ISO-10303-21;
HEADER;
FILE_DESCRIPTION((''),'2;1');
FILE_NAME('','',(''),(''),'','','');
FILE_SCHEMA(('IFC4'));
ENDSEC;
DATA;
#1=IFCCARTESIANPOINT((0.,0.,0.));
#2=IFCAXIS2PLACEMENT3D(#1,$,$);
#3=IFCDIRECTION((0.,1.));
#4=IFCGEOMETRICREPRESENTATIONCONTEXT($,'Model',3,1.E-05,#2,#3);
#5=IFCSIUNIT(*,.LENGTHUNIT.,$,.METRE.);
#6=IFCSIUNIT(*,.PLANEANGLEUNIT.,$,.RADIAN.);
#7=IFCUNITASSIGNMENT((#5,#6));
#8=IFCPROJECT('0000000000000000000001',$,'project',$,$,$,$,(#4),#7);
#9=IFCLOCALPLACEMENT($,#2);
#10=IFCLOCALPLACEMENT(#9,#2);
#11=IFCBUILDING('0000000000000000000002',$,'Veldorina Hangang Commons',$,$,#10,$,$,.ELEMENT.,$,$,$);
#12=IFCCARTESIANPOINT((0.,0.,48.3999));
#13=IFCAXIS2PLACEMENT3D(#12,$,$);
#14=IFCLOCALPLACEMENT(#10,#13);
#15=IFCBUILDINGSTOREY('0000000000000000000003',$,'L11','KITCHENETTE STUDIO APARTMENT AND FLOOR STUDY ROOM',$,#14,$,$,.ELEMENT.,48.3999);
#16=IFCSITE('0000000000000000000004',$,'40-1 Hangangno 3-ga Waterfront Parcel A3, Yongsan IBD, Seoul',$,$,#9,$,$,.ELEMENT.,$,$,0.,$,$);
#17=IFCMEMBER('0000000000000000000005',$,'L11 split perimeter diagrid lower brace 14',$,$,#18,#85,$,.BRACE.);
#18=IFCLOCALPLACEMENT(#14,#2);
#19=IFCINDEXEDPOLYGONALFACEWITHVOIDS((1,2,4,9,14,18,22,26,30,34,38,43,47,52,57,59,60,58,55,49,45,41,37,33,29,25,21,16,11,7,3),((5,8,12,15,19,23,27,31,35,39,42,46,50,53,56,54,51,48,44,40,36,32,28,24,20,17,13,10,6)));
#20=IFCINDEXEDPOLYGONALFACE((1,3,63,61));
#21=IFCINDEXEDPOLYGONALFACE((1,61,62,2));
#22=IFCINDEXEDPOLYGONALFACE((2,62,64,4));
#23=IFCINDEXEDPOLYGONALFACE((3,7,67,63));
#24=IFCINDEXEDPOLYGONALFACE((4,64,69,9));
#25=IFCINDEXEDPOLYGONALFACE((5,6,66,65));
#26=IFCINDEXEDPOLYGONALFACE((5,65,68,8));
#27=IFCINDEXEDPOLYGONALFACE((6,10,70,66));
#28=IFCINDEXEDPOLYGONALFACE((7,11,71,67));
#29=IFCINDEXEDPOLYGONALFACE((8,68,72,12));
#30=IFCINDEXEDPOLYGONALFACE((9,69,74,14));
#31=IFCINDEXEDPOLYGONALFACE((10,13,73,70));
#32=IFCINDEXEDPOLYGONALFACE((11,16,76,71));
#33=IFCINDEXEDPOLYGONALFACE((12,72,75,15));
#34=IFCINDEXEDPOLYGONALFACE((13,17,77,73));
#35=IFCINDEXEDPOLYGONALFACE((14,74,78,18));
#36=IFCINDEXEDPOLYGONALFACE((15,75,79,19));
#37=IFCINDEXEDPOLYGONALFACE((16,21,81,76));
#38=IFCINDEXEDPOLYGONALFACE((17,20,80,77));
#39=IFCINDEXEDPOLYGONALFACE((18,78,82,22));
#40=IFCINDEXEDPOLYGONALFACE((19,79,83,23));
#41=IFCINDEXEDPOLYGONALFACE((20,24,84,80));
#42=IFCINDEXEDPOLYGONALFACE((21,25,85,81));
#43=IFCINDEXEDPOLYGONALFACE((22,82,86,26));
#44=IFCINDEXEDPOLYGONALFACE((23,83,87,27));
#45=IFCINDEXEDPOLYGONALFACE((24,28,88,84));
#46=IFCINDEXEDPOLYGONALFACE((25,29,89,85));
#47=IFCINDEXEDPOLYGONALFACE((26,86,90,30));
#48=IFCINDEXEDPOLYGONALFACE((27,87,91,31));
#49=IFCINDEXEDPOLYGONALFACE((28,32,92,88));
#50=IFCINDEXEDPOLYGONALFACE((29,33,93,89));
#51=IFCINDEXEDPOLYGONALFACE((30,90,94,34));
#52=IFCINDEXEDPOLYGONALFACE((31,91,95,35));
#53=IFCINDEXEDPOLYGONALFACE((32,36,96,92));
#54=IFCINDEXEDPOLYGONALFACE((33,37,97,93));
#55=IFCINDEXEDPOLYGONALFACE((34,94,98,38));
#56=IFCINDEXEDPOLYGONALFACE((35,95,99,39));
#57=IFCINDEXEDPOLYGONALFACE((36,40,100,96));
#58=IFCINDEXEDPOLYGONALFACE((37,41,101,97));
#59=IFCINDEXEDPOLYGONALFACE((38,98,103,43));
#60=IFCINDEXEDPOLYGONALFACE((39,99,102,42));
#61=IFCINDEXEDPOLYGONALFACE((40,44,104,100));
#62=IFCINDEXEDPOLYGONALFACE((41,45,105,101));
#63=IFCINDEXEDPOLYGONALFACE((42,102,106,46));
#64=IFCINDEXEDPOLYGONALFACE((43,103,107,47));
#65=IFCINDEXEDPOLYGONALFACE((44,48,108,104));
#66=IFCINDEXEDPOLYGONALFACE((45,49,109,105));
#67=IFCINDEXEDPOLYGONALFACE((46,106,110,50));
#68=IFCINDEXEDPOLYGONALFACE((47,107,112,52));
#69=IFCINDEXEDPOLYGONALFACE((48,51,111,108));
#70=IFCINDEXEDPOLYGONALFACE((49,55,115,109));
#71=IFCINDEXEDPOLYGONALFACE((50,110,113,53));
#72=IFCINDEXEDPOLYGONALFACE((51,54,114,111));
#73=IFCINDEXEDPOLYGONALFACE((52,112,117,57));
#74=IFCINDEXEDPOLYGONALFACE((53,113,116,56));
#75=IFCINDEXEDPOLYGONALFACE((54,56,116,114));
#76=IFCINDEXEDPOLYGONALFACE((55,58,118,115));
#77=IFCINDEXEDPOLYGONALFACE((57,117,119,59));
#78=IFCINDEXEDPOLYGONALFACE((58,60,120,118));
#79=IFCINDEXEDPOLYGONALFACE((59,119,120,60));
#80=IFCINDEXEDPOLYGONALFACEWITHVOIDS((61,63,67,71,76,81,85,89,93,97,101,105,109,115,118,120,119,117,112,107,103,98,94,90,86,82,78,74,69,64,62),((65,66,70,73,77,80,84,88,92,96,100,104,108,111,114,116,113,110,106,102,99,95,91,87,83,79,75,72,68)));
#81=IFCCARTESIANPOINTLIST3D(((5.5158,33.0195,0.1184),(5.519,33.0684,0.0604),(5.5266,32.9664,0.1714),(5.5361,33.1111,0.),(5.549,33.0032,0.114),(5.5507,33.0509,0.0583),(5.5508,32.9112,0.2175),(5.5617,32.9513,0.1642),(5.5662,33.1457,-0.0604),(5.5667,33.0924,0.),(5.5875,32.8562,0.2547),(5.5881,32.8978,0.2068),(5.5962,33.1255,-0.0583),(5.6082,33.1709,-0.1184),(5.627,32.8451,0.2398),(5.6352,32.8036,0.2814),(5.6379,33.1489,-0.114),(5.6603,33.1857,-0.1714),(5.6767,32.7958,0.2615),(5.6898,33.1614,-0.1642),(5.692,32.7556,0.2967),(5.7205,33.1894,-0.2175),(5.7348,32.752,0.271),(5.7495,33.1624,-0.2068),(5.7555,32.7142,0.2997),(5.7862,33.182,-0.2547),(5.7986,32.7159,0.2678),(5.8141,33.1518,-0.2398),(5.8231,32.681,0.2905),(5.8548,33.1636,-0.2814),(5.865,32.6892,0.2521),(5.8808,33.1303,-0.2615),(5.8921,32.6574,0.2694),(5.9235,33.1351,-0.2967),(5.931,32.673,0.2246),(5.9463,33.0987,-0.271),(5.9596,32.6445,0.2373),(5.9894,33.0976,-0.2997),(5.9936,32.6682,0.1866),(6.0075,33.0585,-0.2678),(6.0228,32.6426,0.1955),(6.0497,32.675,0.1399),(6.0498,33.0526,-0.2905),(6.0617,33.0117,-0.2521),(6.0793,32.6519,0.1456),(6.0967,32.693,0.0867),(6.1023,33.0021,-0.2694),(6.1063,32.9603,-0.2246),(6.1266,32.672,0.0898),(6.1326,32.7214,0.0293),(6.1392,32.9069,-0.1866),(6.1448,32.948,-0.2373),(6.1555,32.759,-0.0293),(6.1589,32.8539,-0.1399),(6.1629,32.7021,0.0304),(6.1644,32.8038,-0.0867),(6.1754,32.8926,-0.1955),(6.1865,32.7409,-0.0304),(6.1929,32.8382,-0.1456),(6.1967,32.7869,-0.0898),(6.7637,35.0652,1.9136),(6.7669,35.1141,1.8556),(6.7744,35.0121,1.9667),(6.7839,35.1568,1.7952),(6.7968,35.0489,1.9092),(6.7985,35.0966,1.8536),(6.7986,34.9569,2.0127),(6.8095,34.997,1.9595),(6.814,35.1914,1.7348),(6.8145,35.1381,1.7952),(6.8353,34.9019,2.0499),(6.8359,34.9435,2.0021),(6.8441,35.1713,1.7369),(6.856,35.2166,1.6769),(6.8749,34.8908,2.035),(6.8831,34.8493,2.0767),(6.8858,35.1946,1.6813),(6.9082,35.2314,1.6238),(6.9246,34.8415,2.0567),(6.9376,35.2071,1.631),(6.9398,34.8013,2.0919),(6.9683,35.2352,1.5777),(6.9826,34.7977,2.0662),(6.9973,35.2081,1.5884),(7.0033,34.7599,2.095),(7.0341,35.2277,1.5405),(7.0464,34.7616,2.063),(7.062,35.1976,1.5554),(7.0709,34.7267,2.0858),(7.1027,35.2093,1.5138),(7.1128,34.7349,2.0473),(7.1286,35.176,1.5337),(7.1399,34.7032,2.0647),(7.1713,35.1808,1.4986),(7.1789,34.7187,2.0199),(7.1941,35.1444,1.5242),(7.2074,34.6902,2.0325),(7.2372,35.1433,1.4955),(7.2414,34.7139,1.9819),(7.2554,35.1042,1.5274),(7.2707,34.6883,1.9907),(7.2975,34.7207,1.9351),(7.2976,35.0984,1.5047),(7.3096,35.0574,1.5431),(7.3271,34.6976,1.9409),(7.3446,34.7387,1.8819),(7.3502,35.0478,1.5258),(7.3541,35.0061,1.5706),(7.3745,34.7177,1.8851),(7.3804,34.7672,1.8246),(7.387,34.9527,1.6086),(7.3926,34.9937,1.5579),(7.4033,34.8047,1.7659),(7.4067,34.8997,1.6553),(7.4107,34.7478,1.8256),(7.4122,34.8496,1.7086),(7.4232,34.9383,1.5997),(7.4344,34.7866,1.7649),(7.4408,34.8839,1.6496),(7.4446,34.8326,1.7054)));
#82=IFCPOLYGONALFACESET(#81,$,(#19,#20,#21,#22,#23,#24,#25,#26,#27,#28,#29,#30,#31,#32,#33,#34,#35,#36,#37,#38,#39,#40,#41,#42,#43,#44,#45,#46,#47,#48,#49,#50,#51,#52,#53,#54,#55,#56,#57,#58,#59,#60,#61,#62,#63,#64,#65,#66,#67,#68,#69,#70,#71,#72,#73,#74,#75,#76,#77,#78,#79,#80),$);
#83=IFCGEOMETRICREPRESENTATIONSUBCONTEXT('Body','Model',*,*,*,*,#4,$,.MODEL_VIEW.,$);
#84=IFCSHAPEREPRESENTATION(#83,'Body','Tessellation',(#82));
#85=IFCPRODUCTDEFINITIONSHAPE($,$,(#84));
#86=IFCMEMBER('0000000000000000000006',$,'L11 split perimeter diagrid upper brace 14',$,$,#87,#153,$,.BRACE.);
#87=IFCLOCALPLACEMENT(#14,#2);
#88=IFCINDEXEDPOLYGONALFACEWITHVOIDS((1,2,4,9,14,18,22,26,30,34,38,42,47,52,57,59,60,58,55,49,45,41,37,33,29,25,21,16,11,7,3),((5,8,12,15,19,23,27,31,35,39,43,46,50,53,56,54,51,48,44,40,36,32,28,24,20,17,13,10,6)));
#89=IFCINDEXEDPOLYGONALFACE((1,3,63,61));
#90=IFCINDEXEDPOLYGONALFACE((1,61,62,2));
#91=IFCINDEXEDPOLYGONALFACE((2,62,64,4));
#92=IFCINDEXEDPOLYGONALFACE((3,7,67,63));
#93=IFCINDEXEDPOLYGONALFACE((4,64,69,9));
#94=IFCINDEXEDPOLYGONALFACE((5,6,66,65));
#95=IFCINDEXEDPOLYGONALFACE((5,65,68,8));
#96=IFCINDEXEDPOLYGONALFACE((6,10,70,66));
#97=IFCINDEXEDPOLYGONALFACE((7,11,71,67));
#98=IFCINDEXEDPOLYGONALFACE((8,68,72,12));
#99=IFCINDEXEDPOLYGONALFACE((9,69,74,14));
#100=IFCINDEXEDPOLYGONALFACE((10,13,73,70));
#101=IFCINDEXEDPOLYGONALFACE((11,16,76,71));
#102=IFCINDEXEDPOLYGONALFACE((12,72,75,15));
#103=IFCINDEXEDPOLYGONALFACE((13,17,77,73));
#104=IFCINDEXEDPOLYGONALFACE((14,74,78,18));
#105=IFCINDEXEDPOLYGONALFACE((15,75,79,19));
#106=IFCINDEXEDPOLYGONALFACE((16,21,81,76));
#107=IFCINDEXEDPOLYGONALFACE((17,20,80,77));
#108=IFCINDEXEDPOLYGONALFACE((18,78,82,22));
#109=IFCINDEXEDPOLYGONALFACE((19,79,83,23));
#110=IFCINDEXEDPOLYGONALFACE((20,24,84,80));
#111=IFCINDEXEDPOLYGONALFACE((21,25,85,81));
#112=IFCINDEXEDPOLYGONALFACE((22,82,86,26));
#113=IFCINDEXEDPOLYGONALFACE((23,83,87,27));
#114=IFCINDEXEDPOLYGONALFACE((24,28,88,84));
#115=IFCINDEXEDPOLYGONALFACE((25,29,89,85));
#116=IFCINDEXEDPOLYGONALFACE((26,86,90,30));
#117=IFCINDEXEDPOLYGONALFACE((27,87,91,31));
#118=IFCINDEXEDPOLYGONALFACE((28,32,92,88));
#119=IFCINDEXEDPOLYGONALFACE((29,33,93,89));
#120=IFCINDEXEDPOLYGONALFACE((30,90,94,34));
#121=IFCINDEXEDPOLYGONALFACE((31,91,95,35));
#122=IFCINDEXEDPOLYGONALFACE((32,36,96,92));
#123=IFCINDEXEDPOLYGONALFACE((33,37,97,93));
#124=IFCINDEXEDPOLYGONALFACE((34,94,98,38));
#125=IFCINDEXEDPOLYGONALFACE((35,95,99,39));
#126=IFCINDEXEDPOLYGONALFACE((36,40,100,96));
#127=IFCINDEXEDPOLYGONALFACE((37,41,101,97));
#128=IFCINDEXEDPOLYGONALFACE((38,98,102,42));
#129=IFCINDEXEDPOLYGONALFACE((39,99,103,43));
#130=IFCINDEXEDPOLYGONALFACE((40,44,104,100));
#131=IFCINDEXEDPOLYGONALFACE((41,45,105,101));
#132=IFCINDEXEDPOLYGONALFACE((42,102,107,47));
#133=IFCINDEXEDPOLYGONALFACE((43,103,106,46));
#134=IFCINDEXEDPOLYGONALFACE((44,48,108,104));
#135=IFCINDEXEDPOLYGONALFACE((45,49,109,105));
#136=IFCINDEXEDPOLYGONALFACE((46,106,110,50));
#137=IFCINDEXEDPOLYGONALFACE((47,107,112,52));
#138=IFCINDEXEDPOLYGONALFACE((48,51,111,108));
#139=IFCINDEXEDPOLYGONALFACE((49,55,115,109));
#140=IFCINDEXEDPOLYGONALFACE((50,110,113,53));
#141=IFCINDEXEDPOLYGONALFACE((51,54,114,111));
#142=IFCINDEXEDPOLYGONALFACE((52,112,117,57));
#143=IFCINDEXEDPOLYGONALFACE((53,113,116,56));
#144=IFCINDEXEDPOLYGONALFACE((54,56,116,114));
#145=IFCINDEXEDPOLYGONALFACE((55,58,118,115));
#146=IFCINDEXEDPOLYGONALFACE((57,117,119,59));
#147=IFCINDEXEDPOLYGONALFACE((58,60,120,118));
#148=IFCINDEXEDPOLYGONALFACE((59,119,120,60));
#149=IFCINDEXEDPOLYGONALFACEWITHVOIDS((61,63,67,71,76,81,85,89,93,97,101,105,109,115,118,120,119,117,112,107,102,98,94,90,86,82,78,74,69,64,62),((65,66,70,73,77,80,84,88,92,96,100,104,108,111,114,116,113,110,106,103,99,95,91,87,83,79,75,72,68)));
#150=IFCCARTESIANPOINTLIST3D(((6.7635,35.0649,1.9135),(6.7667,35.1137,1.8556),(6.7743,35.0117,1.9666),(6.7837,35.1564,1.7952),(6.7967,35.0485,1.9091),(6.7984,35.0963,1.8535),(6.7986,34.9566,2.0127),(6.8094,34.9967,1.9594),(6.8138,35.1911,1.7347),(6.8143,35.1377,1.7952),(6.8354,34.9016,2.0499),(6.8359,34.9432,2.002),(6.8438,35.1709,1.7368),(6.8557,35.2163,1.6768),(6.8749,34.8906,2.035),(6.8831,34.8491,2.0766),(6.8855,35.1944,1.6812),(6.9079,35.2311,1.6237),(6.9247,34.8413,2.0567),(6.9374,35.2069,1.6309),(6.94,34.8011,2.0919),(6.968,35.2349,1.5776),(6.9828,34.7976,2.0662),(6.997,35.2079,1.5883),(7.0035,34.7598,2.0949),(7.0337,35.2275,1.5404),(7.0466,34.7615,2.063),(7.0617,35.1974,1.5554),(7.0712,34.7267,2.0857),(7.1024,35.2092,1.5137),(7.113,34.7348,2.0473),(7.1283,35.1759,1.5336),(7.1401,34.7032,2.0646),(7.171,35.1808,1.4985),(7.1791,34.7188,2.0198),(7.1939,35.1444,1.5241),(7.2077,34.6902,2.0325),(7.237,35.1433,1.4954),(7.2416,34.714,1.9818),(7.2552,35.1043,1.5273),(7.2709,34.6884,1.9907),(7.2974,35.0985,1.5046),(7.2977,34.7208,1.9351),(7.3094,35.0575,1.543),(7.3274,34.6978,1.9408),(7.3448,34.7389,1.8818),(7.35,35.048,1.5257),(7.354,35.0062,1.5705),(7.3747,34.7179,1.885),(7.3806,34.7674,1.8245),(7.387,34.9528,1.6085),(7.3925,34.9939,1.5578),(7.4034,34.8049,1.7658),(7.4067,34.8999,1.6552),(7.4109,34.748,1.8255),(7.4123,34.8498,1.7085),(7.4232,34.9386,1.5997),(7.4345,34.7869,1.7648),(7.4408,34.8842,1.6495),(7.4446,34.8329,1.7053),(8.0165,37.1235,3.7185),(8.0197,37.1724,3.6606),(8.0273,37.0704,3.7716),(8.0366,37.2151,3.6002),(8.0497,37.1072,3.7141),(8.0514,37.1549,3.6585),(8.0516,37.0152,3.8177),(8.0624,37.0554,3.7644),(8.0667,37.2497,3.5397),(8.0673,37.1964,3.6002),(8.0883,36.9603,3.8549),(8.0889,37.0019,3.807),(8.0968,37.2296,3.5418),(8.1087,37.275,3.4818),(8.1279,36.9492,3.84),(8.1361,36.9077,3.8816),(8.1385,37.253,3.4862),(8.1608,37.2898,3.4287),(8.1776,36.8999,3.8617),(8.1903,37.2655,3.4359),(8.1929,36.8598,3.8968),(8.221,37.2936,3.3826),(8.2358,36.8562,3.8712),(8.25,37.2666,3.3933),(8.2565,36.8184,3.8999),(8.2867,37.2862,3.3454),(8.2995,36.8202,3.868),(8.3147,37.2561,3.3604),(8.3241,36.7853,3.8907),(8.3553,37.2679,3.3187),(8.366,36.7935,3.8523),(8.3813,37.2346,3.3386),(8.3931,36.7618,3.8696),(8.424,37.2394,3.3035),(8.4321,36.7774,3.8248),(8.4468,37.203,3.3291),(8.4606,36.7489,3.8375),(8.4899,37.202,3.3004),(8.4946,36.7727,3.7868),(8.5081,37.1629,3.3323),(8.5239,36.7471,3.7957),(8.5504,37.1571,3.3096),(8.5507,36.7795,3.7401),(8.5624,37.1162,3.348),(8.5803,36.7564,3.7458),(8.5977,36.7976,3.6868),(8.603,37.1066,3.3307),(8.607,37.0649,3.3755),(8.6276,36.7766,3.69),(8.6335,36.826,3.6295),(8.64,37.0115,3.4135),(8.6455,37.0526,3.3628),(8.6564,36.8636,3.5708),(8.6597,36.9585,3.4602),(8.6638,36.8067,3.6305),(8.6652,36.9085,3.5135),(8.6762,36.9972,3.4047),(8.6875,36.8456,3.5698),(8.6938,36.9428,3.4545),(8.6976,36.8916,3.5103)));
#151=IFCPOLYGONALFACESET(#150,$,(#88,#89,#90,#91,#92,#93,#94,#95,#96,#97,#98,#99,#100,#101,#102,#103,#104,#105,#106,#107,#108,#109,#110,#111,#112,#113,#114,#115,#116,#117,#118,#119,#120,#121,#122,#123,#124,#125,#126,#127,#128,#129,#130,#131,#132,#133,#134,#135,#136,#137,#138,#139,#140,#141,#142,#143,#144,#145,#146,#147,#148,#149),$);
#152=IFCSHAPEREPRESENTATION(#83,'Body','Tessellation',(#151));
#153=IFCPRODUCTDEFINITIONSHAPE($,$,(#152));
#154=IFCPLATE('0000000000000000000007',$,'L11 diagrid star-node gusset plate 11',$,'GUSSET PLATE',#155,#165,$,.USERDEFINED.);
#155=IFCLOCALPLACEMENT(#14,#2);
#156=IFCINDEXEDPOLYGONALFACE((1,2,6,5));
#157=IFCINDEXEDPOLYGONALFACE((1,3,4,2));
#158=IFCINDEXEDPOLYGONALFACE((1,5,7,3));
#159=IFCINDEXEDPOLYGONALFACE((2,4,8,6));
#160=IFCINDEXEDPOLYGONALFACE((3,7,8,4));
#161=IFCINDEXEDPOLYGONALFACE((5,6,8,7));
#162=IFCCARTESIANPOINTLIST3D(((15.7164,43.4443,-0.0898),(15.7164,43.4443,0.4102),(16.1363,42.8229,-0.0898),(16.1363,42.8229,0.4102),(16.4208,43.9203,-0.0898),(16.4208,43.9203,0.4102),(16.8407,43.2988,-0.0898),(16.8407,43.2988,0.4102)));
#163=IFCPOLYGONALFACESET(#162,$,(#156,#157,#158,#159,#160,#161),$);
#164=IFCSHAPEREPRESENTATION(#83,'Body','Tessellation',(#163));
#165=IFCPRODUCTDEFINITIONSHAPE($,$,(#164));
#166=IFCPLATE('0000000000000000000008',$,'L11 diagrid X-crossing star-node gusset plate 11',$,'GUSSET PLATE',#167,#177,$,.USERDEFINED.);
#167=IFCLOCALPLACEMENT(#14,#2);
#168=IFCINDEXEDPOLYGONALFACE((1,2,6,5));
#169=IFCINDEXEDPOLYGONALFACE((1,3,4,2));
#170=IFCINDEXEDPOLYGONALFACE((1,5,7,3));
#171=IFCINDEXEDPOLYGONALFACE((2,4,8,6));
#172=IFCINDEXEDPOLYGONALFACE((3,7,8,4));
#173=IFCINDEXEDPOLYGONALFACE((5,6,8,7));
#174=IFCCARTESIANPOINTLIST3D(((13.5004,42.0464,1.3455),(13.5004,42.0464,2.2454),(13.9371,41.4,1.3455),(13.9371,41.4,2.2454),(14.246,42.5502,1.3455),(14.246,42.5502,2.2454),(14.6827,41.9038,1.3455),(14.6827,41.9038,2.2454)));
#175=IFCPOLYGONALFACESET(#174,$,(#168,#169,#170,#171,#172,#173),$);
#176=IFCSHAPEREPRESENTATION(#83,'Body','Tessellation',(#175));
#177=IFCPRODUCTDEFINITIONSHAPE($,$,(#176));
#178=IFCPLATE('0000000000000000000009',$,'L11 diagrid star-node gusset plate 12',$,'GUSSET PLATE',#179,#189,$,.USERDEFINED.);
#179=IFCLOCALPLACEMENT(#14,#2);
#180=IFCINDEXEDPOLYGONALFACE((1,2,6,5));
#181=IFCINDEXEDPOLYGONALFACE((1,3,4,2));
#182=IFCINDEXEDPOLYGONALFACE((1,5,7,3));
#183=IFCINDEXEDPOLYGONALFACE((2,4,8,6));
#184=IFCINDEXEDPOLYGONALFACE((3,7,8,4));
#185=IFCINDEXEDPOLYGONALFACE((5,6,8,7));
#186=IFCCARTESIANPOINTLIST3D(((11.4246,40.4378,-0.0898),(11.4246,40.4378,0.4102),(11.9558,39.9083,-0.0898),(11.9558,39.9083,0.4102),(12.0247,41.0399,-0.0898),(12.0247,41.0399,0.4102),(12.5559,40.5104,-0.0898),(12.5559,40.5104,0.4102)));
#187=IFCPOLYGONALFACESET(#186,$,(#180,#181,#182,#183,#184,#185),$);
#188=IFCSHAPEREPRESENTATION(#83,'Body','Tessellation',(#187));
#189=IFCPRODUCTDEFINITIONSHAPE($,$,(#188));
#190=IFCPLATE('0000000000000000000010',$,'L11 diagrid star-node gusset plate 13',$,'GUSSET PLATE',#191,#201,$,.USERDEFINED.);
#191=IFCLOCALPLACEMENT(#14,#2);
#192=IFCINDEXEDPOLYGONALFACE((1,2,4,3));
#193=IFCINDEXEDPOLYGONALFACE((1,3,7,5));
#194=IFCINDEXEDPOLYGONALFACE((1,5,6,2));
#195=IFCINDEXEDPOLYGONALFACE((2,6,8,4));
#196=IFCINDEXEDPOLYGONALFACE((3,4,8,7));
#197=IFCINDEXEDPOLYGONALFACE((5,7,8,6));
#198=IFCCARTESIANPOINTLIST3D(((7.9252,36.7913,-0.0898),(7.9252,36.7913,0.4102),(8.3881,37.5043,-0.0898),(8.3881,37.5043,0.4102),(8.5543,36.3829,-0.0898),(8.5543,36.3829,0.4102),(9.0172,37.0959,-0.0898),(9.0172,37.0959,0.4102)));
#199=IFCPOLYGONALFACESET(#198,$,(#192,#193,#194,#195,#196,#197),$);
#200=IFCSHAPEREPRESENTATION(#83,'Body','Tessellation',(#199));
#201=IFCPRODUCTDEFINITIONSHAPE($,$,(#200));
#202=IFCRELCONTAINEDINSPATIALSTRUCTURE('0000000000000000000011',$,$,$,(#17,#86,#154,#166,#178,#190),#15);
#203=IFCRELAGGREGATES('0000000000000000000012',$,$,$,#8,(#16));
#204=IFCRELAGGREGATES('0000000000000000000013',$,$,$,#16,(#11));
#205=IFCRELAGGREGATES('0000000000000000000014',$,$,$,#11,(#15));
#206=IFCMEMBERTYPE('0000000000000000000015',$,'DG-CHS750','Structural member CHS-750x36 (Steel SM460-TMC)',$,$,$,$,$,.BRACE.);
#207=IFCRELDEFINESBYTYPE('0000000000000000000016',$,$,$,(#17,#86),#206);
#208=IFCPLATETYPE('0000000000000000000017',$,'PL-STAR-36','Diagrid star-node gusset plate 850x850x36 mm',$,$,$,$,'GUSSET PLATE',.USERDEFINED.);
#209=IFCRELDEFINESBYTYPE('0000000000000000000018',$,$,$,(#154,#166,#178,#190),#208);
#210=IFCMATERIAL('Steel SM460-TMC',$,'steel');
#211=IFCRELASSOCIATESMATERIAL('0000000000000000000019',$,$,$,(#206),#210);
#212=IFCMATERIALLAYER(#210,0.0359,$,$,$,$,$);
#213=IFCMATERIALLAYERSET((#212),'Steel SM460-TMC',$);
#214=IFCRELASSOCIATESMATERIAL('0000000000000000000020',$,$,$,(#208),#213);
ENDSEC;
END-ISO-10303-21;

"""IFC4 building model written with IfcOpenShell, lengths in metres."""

from ifc_helpers import new_model, si_unit, direction, frame, origin, origin_2d, place, context, subcontext, project, spatial, rectangle, hollow_circle, extrude, material, layer, layer_set, material_profile, profile_set, type_object, element, save


model = new_model("IFC4")

# Units and contexts
model_context = context("Model", 3, precision=1e-05, world=origin(), true_north=direction((0.0, 1.0)))
body_context = subcontext(model_context, "Body", "Model", "MODEL_VIEW")
ifc_project = project(units=[si_unit("LENGTHUNIT", "METRE"), si_unit("PLANEANGLEUNIT", "RADIAN")], contexts=[model_context])

# Site, building, storey
site_placement = place(None, origin())
site = spatial("IfcSite", under=ifc_project, at=site_placement, Name="40-1 Hangangno 3-ga Waterfront Parcel A3, Yongsan IBD, Seoul", CompositionType="ELEMENT", RefElevation=0.0)
building_placement = place(site_placement, origin())
building = spatial("IfcBuilding", under=site, at=building_placement, Name="Veldorina Hangang Commons", CompositionType="ELEMENT")
storey_placement = place(building_placement, frame((0.0, 0.0, 48.3999)))
storey = spatial("IfcBuildingStorey", under=building, at=storey_placement, Name="L11", Description="KITCHENETTE STUDIO APARTMENT AND FLOOR STUDY ROOM", CompositionType="ELEMENT", Elevation=48.3999)

# Shared definitions
ifc_material_1 = material(Name="Steel SM460-TMC", Category="steel")

# Members
ifc_material_profile_1 = material_profile(ifc_material_1, hollow_circle(Radius=0.375, WallThickness=0.0359, at=origin_2d()), Name="CHS-750x36")
ifc_profile_set_1 = profile_set([ifc_material_profile_1], Name="Steel SM460-TMC")
member_type = type_object("IfcMemberType", Name="DG-CHS750", Description="Structural member CHS-750x36 (Steel SM460-TMC)", PredefinedType="BRACE", material=ifc_profile_set_1)
member_1_placement = place(storey_placement, frame((5.8562, 32.9158, 0.0), z_axis=(0.416761, 0.68324, 0.599578), x_axis=(-0.853712, 0.520745, 0.0)))
element("IfcMember", 1, at=member_1_placement, inside=storey, type_object=member_type, Name="L11 split perimeter diagrid lower brace 14", PredefinedType="BRACE", context=body_context, shape_type="SweptSolid", body=[
    extrude(hollow_circle(Radius=0.375, WallThickness=0.0359, at=origin_2d()), origin(), (0.0, 0.0, 1.0), 2.9941),
])
member_2_placement = place(storey_placement, frame((7.104, 34.9614, 1.7952), z_axis=(0.416134, 0.683718, 0.599469), x_axis=(-0.854222, 0.519908, 0.0)))
element("IfcMember", 2, at=member_2_placement, inside=storey, type_object=member_type, Name="L11 split perimeter diagrid upper brace 14", PredefinedType="BRACE", context=body_context, shape_type="SweptSolid", body=[
    extrude(hollow_circle(Radius=0.375, WallThickness=0.0359, at=origin_2d()), origin(), (0.0, 0.0, 1.0), 3.011),
])

# Plates
ifc_layer_1 = layer(ifc_material_1, 0.0359)
ifc_layer_set_1 = layer_set([ifc_layer_1], Name="Steel SM460-TMC")
plate_type = type_object("IfcPlateType", Name="PL-STAR-36", Description="Diagrid star-node gusset plate 850x850x36 mm", ElementType="GUSSET PLATE", PredefinedType="USERDEFINED", material=ifc_layer_set_1)
plate_1_placement = place(storey_placement, frame((16.2786, 43.3716, -0.0898), z_axis=(0.0, 0.0, 1.0), x_axis=(-0.828588, -0.559858, 0.0)))
element("IfcPlate", 3, at=plate_1_placement, inside=storey, type_object=plate_type, Name="L11 diagrid star-node gusset plate 11", ObjectType="GUSSET PLATE", PredefinedType="USERDEFINED", context=body_context, shape_type="SweptSolid", body=[
    extrude(rectangle(XDim=0.8501, YDim=0.75, at=origin_2d()), origin(), (0.0, 0.0, 1.0), 0.5),
])
plate_2_placement = place(storey_placement, frame((14.0916, 41.9751, 1.3455), z_axis=(0.0, 0.0, 1.0), x_axis=(-0.828588, -0.559858, 0.0)))
element("IfcPlate", 4, at=plate_2_placement, inside=storey, type_object=plate_type, Name="L11 diagrid X-crossing star-node gusset plate 11", ObjectType="GUSSET PLATE", PredefinedType="USERDEFINED", context=body_context, shape_type="SweptSolid", body=[
    extrude(rectangle(XDim=0.8999, YDim=0.78, at=origin_2d()), origin(), (0.0, 0.0, 1.0), 0.8999),
])
for number, where, z_axis, x_axis, name in (
    (5, (11.9902, 40.4741, -0.0898), (0.0, 0.0, 1.0), (-0.70597, -0.708241, 0.0), "L11 diagrid star-node gusset plate 12"),
    (6, (8.4712, 36.9436, -0.0898), (0.0, 0.0, 1.0), (-0.544537, -0.838737, 0.0), "L11 diagrid star-node gusset plate 13"),
):
    element("IfcPlate", number, at=place(storey_placement, frame(where, z_axis=z_axis, x_axis=x_axis)), inside=storey, type_object=plate_type, Name=name, ObjectType="GUSSET PLATE", PredefinedType="USERDEFINED", context=body_context, shape_type="SweptSolid", body=[
        extrude(rectangle(XDim=0.8501, YDim=0.75, at=origin_2d()), origin(), (0.0, 0.0, 1.0), 0.5),
    ])

save(model, "model.ifc")
